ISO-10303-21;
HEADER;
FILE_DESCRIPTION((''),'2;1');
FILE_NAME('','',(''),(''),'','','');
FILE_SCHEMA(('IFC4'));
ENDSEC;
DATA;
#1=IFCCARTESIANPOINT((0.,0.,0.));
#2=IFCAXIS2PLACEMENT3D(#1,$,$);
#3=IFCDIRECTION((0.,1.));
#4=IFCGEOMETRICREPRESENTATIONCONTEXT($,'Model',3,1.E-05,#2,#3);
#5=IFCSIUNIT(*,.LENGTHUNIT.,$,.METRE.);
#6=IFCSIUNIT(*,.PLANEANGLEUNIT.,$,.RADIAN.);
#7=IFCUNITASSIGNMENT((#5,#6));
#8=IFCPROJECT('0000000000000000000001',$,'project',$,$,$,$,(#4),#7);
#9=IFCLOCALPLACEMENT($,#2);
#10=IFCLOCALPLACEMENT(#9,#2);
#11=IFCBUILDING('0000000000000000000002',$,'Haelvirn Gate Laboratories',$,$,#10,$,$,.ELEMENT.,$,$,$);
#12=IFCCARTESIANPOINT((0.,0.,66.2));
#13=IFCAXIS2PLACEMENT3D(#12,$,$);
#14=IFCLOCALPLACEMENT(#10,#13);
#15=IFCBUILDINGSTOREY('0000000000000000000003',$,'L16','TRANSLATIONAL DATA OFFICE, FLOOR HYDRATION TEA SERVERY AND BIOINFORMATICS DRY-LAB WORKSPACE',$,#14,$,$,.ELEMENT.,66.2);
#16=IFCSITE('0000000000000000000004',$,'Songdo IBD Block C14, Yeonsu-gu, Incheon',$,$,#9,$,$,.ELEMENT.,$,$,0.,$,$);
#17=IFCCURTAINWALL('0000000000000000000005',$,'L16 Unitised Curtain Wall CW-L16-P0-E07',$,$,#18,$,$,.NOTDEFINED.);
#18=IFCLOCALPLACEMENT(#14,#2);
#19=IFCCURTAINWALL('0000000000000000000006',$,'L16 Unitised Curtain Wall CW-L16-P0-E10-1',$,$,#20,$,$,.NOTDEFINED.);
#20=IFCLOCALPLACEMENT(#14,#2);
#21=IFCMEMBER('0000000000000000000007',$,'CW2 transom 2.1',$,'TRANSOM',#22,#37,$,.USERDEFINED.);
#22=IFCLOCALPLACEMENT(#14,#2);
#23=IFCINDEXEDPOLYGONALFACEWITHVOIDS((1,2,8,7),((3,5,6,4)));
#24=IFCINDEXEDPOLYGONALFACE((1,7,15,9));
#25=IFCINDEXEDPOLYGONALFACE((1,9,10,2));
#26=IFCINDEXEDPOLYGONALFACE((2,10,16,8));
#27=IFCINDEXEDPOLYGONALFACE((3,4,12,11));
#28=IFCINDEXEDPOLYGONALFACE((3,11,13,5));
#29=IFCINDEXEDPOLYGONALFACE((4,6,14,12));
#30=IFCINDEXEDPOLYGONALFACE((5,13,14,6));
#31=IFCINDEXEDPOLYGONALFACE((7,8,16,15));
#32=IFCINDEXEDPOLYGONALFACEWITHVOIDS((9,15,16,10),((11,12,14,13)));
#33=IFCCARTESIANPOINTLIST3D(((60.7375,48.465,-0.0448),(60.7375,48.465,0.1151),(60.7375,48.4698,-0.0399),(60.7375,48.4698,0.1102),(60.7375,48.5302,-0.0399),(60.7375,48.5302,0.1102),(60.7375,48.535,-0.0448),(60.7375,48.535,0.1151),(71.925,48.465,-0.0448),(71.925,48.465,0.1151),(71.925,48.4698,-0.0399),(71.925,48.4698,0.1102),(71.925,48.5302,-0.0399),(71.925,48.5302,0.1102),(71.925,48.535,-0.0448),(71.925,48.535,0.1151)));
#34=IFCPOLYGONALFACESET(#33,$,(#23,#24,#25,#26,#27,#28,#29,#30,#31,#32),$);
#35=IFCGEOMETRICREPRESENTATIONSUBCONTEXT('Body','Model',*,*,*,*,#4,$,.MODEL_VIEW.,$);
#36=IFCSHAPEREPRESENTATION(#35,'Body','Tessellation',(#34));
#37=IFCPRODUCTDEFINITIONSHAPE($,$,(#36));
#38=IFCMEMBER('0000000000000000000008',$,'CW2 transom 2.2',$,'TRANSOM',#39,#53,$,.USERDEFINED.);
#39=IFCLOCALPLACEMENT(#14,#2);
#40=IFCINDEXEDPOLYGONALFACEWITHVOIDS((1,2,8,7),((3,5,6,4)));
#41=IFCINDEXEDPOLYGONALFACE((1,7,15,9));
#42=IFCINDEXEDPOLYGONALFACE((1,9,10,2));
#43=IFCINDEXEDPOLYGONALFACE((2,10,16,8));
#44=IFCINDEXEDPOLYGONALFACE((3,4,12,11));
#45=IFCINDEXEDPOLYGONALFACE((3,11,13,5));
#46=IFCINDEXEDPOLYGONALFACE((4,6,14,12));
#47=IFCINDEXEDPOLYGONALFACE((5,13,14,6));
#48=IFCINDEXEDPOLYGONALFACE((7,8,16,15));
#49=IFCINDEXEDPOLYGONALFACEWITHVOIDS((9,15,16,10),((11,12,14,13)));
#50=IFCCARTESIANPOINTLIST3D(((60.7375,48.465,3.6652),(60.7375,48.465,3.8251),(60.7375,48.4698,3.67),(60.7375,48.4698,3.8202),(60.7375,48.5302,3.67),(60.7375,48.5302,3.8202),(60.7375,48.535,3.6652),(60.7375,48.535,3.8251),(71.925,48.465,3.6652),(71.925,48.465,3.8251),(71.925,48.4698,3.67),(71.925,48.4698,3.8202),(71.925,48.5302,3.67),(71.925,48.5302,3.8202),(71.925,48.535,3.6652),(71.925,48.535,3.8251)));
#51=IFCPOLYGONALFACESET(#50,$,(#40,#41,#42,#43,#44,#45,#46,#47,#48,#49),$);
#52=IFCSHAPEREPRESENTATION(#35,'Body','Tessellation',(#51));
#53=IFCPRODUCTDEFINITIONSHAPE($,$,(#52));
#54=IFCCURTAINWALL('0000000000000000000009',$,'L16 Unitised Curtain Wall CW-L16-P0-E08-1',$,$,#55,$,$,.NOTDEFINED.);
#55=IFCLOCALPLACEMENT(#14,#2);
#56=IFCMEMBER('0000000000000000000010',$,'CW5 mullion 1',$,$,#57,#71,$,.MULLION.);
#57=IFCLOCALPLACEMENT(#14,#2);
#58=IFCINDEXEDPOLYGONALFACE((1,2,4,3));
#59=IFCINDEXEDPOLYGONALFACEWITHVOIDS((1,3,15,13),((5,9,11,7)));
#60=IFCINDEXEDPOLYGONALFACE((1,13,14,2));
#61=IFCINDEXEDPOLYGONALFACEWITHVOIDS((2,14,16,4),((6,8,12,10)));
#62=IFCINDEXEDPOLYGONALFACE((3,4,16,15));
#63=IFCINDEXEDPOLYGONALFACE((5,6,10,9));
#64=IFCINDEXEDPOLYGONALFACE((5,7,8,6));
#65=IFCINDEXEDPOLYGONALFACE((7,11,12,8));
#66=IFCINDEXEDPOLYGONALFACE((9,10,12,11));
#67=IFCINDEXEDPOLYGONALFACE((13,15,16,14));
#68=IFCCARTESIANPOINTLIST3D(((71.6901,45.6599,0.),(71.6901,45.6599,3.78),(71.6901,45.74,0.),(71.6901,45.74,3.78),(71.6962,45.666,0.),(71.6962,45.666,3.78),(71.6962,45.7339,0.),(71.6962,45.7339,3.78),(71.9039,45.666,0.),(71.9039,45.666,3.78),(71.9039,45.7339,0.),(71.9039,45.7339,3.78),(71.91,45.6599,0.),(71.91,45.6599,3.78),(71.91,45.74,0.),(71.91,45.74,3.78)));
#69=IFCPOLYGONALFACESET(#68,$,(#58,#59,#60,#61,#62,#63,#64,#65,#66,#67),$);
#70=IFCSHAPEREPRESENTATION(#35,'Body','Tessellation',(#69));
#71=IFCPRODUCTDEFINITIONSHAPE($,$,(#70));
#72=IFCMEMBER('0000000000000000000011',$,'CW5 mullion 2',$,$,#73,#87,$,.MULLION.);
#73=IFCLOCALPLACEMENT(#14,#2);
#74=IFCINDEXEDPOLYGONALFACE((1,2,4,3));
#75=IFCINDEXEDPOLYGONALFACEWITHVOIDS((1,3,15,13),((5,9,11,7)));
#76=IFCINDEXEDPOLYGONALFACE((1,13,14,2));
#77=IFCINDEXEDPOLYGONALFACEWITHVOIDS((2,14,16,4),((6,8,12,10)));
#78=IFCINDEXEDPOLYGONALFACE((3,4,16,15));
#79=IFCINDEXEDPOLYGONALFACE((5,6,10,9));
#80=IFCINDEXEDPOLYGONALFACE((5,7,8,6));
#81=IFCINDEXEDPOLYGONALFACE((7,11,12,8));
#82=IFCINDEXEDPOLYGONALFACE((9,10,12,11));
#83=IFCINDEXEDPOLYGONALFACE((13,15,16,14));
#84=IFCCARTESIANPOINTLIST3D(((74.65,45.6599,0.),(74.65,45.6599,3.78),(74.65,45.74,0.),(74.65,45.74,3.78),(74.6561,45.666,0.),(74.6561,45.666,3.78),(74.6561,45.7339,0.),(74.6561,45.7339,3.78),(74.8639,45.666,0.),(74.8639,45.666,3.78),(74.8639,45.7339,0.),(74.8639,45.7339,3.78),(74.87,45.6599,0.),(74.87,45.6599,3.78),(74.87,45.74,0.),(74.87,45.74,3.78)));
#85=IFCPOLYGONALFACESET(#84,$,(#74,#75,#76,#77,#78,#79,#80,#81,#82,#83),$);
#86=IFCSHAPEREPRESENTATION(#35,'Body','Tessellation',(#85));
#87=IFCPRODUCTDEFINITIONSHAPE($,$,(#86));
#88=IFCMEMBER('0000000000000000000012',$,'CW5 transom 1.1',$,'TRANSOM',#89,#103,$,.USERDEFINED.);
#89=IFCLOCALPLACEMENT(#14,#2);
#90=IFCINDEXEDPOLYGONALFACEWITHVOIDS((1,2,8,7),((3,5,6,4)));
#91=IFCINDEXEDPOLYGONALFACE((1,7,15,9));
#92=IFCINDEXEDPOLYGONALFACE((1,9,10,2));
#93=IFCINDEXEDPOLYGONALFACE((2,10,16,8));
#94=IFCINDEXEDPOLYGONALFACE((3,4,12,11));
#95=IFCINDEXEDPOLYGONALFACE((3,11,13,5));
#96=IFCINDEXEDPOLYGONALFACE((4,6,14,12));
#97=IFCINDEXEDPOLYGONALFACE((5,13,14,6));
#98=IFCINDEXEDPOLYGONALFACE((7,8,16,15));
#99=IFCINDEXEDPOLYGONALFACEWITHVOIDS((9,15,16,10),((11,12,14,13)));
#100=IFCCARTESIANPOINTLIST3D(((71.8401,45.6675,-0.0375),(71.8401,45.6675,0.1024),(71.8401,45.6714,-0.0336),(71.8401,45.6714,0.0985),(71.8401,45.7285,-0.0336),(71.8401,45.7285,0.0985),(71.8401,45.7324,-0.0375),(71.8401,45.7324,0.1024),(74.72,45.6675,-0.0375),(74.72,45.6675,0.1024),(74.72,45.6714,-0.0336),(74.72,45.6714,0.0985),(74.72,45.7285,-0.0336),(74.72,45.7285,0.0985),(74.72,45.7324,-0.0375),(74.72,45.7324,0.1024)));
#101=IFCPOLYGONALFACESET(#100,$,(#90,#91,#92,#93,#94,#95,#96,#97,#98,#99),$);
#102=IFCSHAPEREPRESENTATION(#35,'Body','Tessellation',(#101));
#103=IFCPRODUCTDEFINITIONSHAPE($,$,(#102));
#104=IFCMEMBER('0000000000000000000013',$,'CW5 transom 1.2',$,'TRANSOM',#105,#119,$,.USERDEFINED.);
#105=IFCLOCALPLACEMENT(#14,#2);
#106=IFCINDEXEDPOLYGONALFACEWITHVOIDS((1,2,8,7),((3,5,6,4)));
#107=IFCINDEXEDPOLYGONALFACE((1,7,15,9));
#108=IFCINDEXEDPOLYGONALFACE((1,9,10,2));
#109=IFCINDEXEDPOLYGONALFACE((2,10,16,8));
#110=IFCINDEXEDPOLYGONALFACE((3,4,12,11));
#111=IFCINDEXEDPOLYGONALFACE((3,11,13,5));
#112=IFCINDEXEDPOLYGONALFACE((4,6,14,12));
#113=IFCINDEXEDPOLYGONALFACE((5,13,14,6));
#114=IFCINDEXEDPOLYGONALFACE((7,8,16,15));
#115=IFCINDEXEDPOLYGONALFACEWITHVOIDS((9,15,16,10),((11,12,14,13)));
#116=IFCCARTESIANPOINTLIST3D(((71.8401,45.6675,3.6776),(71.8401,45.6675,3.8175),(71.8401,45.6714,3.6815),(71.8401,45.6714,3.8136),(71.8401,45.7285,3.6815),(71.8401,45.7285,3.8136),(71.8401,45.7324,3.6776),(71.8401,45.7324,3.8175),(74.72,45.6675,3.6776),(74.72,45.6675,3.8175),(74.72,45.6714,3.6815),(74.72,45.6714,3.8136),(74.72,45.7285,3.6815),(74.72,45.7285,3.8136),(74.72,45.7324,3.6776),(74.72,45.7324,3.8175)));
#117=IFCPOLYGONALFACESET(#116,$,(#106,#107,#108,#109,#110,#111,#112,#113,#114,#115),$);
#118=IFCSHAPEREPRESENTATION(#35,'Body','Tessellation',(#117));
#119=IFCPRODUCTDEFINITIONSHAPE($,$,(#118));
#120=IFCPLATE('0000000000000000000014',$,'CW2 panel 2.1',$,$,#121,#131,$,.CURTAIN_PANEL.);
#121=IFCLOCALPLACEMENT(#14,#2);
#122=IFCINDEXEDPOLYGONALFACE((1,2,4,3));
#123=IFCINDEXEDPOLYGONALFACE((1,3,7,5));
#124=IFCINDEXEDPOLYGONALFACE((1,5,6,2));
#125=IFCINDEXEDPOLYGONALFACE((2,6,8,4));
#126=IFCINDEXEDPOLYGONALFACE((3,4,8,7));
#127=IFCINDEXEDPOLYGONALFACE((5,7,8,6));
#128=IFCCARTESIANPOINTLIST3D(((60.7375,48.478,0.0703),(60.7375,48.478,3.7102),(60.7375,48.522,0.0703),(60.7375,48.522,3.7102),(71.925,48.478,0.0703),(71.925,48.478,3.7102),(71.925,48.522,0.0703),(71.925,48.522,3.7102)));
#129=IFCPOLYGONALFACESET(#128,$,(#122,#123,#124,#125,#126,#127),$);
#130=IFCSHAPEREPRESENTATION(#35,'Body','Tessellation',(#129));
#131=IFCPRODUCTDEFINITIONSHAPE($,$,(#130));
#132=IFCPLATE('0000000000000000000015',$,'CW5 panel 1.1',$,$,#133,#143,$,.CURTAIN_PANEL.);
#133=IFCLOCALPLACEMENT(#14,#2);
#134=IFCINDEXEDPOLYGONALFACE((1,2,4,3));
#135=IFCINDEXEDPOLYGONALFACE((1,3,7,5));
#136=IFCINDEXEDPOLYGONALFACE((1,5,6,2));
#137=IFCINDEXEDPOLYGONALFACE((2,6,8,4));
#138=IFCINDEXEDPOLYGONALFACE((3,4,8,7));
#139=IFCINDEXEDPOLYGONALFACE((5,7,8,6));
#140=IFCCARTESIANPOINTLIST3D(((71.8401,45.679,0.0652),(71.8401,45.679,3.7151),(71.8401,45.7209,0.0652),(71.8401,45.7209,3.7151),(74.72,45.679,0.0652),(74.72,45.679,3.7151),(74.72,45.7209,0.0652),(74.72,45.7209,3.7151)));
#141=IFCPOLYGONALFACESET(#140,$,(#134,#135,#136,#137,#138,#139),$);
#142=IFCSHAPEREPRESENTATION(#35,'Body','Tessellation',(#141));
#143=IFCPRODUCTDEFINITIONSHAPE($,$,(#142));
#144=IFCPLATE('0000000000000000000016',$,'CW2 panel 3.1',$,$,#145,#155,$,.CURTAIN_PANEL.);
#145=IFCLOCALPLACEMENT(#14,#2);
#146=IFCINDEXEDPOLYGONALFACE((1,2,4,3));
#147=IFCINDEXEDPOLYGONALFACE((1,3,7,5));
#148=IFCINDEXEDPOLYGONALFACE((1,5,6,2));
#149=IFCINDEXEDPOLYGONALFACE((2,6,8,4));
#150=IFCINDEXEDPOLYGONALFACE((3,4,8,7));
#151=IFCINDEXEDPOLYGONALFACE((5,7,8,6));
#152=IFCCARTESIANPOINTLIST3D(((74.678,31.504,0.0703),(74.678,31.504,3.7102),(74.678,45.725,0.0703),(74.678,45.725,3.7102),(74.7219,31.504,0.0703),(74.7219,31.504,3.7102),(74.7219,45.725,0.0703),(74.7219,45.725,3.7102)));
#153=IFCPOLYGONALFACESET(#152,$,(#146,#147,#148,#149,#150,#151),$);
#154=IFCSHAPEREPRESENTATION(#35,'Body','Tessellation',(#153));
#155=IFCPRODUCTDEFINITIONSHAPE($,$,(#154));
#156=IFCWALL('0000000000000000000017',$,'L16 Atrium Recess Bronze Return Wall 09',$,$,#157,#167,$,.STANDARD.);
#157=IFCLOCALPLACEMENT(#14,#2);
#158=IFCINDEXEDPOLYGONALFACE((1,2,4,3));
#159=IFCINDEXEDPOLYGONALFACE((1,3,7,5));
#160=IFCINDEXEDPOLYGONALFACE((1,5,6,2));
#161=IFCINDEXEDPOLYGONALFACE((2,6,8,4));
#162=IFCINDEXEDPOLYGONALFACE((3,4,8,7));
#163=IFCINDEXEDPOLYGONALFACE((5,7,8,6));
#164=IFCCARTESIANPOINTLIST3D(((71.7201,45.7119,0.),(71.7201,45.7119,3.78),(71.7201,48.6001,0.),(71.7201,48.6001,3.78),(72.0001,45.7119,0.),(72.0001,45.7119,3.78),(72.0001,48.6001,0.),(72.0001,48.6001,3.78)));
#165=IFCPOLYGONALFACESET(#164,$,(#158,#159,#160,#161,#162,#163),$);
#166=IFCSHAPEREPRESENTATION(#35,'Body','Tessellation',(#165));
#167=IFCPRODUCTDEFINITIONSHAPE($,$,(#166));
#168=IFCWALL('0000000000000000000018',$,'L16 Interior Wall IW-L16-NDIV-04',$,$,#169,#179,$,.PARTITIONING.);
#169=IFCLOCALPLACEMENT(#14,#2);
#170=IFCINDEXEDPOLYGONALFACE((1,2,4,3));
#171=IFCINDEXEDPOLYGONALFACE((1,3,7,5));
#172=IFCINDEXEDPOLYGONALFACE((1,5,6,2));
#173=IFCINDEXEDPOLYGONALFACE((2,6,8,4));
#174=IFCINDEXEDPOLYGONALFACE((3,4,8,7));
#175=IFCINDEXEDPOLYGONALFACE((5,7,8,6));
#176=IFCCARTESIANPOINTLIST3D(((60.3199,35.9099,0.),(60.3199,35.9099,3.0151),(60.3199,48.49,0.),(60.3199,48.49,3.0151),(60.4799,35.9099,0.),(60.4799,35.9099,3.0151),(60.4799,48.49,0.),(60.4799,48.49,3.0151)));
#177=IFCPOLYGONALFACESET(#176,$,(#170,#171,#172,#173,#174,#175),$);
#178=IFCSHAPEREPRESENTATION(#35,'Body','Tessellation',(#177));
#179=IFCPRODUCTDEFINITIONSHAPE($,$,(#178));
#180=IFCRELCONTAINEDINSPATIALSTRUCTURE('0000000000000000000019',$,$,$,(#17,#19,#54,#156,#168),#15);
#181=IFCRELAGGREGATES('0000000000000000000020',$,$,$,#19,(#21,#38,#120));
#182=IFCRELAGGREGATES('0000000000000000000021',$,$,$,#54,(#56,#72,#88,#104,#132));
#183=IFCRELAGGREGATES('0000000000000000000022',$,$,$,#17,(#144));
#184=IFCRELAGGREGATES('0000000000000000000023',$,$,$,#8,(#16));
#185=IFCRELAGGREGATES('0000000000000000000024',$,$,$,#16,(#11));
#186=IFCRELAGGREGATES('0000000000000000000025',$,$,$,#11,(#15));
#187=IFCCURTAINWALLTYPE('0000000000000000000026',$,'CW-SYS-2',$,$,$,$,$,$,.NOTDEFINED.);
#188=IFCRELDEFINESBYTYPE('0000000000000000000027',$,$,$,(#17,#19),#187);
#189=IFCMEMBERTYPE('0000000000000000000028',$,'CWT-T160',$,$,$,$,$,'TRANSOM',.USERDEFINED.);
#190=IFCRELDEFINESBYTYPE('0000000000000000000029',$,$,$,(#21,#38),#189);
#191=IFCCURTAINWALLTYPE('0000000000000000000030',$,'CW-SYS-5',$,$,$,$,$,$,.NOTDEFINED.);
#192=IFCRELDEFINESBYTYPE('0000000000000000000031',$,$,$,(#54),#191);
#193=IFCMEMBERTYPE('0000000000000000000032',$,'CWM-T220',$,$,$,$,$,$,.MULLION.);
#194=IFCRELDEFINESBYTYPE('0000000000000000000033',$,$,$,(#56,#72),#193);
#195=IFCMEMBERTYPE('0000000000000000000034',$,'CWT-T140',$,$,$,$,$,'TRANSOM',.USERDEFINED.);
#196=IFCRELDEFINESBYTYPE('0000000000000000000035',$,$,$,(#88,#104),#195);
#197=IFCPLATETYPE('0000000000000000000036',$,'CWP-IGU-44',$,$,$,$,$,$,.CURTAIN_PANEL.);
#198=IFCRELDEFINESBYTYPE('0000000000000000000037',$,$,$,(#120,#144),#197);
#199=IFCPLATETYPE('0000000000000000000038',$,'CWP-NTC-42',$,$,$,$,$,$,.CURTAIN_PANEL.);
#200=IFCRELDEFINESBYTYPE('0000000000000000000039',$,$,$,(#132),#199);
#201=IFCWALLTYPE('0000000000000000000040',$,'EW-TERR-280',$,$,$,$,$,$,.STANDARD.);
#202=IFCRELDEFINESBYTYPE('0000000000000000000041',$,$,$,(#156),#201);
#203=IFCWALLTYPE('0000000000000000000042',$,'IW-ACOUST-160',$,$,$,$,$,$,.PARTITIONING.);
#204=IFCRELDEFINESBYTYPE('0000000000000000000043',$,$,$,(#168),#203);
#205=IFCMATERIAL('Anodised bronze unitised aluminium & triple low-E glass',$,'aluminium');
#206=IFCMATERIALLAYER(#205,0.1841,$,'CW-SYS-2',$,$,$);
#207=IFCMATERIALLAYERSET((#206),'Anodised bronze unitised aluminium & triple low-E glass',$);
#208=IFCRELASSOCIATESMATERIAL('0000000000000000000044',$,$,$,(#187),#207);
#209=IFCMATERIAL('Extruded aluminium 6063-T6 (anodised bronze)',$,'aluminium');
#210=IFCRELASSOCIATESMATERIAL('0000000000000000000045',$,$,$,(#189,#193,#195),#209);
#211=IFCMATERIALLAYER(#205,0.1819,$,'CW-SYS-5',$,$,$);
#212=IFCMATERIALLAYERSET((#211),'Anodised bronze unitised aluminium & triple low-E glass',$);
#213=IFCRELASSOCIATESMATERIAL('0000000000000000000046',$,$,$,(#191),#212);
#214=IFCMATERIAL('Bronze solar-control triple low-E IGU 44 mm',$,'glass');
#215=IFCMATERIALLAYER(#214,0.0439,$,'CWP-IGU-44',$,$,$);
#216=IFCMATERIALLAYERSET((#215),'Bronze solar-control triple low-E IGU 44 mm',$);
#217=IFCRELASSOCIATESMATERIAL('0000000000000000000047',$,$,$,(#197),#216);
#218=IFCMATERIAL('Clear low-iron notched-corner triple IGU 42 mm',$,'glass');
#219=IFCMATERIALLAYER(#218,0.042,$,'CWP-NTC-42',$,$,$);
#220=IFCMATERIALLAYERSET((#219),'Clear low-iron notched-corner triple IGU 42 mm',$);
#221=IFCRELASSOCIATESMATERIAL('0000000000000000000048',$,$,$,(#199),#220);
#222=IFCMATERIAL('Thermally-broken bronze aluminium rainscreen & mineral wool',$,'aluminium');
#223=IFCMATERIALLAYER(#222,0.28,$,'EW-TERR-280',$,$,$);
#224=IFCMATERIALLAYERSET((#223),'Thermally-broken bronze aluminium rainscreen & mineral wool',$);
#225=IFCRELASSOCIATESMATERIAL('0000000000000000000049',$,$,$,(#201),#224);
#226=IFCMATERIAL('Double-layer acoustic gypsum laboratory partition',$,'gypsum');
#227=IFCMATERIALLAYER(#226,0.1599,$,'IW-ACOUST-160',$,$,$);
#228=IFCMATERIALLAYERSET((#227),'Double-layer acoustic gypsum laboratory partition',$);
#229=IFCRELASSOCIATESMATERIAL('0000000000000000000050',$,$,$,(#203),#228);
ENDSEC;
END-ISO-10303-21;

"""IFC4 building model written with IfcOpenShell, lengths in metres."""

from ifc_helpers import new_model, si_unit, direction, frame, frame_2d, origin, origin_2d, place, context, subcontext, project, spatial, rectangle, hollow_rectangle, extrude, source, transform, mapped, material, layer, layer_set, material_profile, profile_set, type_object, type_shapes, element, aggregate, save


model = new_model("IFC4")

# Units and contexts
model_context = context("Model", 3, precision=1e-05, world=origin(), true_north=direction((0.0, 1.0)))
body_context = subcontext(model_context, "Body", "Model", "MODEL_VIEW")
ifc_project = project(units=[si_unit("LENGTHUNIT", "METRE"), si_unit("PLANEANGLEUNIT", "RADIAN")], contexts=[model_context])

# Site, building, storey
site_placement = place(None, origin())
site = spatial("IfcSite", under=ifc_project, at=site_placement, Name="Songdo IBD Block C14, Yeonsu-gu, Incheon", CompositionType="ELEMENT", RefElevation=0.0)
building_placement = place(site_placement, origin())
building = spatial("IfcBuilding", under=site, at=building_placement, Name="Haelvirn Gate Laboratories", CompositionType="ELEMENT")
storey_placement = place(building_placement, frame((0.0, 0.0, 66.2)))
storey = spatial("IfcBuildingStorey", under=building, at=storey_placement, Name="L16", Description="TRANSLATIONAL DATA OFFICE, FLOOR HYDRATION TEA SERVERY AND BIOINFORMATICS DRY-LAB WORKSPACE", CompositionType="ELEMENT", Elevation=66.2)

# Curtain wall
ifc_material_1 = material(Name="Anodised bronze unitised aluminium & triple low-E glass", Category="aluminium")
ifc_layer_1 = layer(ifc_material_1, 0.1841, Name="CW-SYS-2")
ifc_layer_set_1 = layer_set([ifc_layer_1], Name="Anodised bronze unitised aluminium & triple low-E glass")
curtain_wall_type_1 = type_object("IfcCurtainWallType", Name="CW-SYS-2", PredefinedType="NOTDEFINED", material=ifc_layer_set_1)
curtain_wall_1_placement = place(storey_placement, origin())
curtain_wall_1 = element("IfcCurtainWall", 1, at=curtain_wall_1_placement, inside=storey, type_object=curtain_wall_type_1, Name="L16 Unitised Curtain Wall CW-L16-P0-E07", PredefinedType="NOTDEFINED")
ifc_material_2 = material(Name="Extruded aluminium 6063-T6 (anodised bronze)", Category="aluminium")

# Curtain walls, members
curtain_wall_2_placement = place(storey_placement, origin())
curtain_wall_2 = element("IfcCurtainWall", 2, at=curtain_wall_2_placement, inside=storey, type_object=curtain_wall_type_1, Name="L16 Unitised Curtain Wall CW-L16-P0-E10-1", PredefinedType="NOTDEFINED")
ifc_material_profile_1 = material_profile(ifc_material_2, hollow_rectangle(XDim=0.0701, YDim=0.1599, WallThickness=0.0049, at=origin_2d()), Name="CWT-160x70x5")
ifc_profile_set_1 = profile_set([ifc_material_profile_1], Name="Extruded aluminium 6063-T6 (anodised bronze)")
member_type_1 = type_object("IfcMemberType", Name="CWT-T160", ElementType="TRANSOM", PredefinedType="USERDEFINED", material=ifc_profile_set_1)
shared_shape_1 = source(origin(), body_context, "Body", "SweptSolid", [
    extrude(hollow_rectangle(XDim=0.0701, YDim=0.1599, WallThickness=0.0049, at=origin_2d()), origin(), (0.0, 0.0, 1.0), 11.1875),
])
type_shapes(member_type_1, [shared_shape_1])
member_1_placement = place(storey_placement, frame((60.7375, 48.5, 0.0352), z_axis=(1.0, 0.0, 0.0), x_axis=(0.0, 1.0, 0.0)))
member_1 = element("IfcMember", 3, at=member_1_placement, type_object=member_type_1, Name="CW2 transom 2.1", ObjectType="TRANSOM", PredefinedType="USERDEFINED", context=body_context, shape_type="MappedRepresentation", body=[
    mapped(shared_shape_1, transform((0.0, 0.0, 0.0), scale=1.0)),
])
member_2_placement = place(storey_placement, frame((60.7375, 48.5, 3.7451), z_axis=(1.0, 0.0, 0.0), x_axis=(0.0, 1.0, 0.0)))
member_2 = element("IfcMember", 4, at=member_2_placement, type_object=member_type_1, Name="CW2 transom 2.2", ObjectType="TRANSOM", PredefinedType="USERDEFINED", context=body_context, shape_type="MappedRepresentation", body=[
    mapped(shared_shape_1, transform((0.0, 0.0, 0.0), scale=1.0)),
])
ifc_layer_2 = layer(ifc_material_1, 0.1819, Name="CW-SYS-5")
ifc_layer_set_2 = layer_set([ifc_layer_2], Name="Anodised bronze unitised aluminium & triple low-E glass")
curtain_wall_type_2 = type_object("IfcCurtainWallType", Name="CW-SYS-5", PredefinedType="NOTDEFINED", material=ifc_layer_set_2)
curtain_wall_3_placement = place(storey_placement, origin())
curtain_wall_3 = element("IfcCurtainWall", 5, at=curtain_wall_3_placement, inside=storey, type_object=curtain_wall_type_2, Name="L16 Unitised Curtain Wall CW-L16-P0-E08-1", PredefinedType="NOTDEFINED")
ifc_material_profile_2 = material_profile(ifc_material_2, hollow_rectangle(XDim=0.0801, YDim=0.22, WallThickness=0.0061, at=origin_2d()), Name="CWM-220x80x6")
ifc_profile_set_2 = profile_set([ifc_material_profile_2], Name="Extruded aluminium 6063-T6 (anodised bronze)")
member_type_2 = type_object("IfcMemberType", Name="CWM-T220", PredefinedType="MULLION", material=ifc_profile_set_2)
shared_shape_2 = source(origin(), body_context, "Body", "SweptSolid", [
    extrude(hollow_rectangle(XDim=0.0801, YDim=0.22, WallThickness=0.0061, at=origin_2d()), origin(), (0.0, 0.0, 1.0), 3.78),
])
type_shapes(member_type_2, [shared_shape_2])
member_3_placement = place(storey_placement, frame((71.8, 45.7, 0.0), z_axis=(0.0, 0.0, 1.0), x_axis=(0.0, 1.0, 0.0)))
member_3 = element("IfcMember", 6, at=member_3_placement, type_object=member_type_2, Name="CW5 mullion 1", PredefinedType="MULLION", context=body_context, shape_type="MappedRepresentation", body=[
    mapped(shared_shape_2, transform((0.0, 0.0, 0.0), scale=1.0)),
])
member_4_placement = place(storey_placement, frame((74.76, 45.7, 0.0), z_axis=(0.0, 0.0, 1.0), x_axis=(0.0, 1.0, 0.0)))
member_4 = element("IfcMember", 7, at=member_4_placement, type_object=member_type_2, Name="CW5 mullion 2", PredefinedType="MULLION", context=body_context, shape_type="MappedRepresentation", body=[
    mapped(shared_shape_2, transform((0.0, 0.0, 0.0), scale=1.0)),
])
ifc_material_profile_3 = material_profile(ifc_material_2, hollow_rectangle(XDim=0.0649, YDim=0.1399, WallThickness=0.0039, at=origin_2d()), Name="CWT-140x65x4")
ifc_profile_set_3 = profile_set([ifc_material_profile_3], Name="Extruded aluminium 6063-T6 (anodised bronze)")
member_type_3 = type_object("IfcMemberType", Name="CWT-T140", ElementType="TRANSOM", PredefinedType="USERDEFINED", material=ifc_profile_set_3)
shared_shape_3 = source(origin(), body_context, "Body", "SweptSolid", [
    extrude(hollow_rectangle(XDim=0.0649, YDim=0.1399, WallThickness=0.0039, at=origin_2d()), origin(), (0.0, 0.0, 1.0), 2.8799),
])
type_shapes(member_type_3, [shared_shape_3])
member_5_placement = place(storey_placement, frame((71.8401, 45.7, 0.0325), z_axis=(1.0, 0.0, 0.0), x_axis=(0.0, 1.0, 0.0)))
member_5 = element("IfcMember", 8, at=member_5_placement, type_object=member_type_3, Name="CW5 transom 1.1", ObjectType="TRANSOM", PredefinedType="USERDEFINED", context=body_context, shape_type="MappedRepresentation", body=[
    mapped(shared_shape_3, transform((0.0, 0.0, 0.0), scale=1.0)),
])
member_6_placement = place(storey_placement, frame((71.8401, 45.7, 3.7476), z_axis=(1.0, 0.0, 0.0), x_axis=(0.0, 1.0, 0.0)))
member_6 = element("IfcMember", 9, at=member_6_placement, type_object=member_type_3, Name="CW5 transom 1.2", ObjectType="TRANSOM", PredefinedType="USERDEFINED", context=body_context, shape_type="MappedRepresentation", body=[
    mapped(shared_shape_3, transform((0.0, 0.0, 0.0), scale=1.0)),
])

# Plates
ifc_material_3 = material(Name="Bronze solar-control triple low-E IGU 44 mm", Category="glass")
ifc_layer_3 = layer(ifc_material_3, 0.0439, Name="CWP-IGU-44")
ifc_layer_set_3 = layer_set([ifc_layer_3], Name="Bronze solar-control triple low-E IGU 44 mm")
plate_type_1 = type_object("IfcPlateType", Name="CWP-IGU-44", PredefinedType="CURTAIN_PANEL", material=ifc_layer_set_3)
shared_shape_4 = source(origin(), body_context, "Body", "SweptSolid", [
    extrude(rectangle(XDim=11.1875, YDim=0.0439, at=origin_2d()), origin(), (0.0, 0.0, 1.0), 3.6399),
])
plate_1_placement = place(storey_placement, frame((66.3313, 48.5, 0.0703), z_axis=(0.0, 0.0, 1.0), x_axis=(1.0, 0.0, 0.0)))
plate_1 = element("IfcPlate", 10, at=plate_1_placement, type_object=plate_type_1, Name="CW2 panel 2.1", PredefinedType="CURTAIN_PANEL", context=body_context, shape_type="MappedRepresentation", body=[
    mapped(shared_shape_4, transform((0.0, 0.0, 0.0), scale=1.0)),
])
aggregate(curtain_wall_2, [member_1, member_2, plate_1])
ifc_material_4 = material(Name="Clear low-iron notched-corner triple IGU 42 mm", Category="glass")
ifc_layer_4 = layer(ifc_material_4, 0.042, Name="CWP-NTC-42")
ifc_layer_set_4 = layer_set([ifc_layer_4], Name="Clear low-iron notched-corner triple IGU 42 mm")
plate_type_2 = type_object("IfcPlateType", Name="CWP-NTC-42", PredefinedType="CURTAIN_PANEL", material=ifc_layer_set_4)
shared_shape_5 = source(origin(), body_context, "Body", "SweptSolid", [
    extrude(rectangle(XDim=2.8799, YDim=0.042, at=origin_2d()), origin(), (0.0, 0.0, 1.0), 3.6499),
])
type_shapes(plate_type_2, [shared_shape_5])
plate_2_placement = place(storey_placement, frame((73.28, 45.7, 0.0652), z_axis=(0.0, 0.0, 1.0), x_axis=(1.0, 0.0, 0.0)))
plate_2 = element("IfcPlate", 11, at=plate_2_placement, type_object=plate_type_2, Name="CW5 panel 1.1", PredefinedType="CURTAIN_PANEL", context=body_context, shape_type="MappedRepresentation", body=[
    mapped(shared_shape_5, transform((0.0, 0.0, 0.0), scale=1.0)),
])
aggregate(curtain_wall_3, [member_3, member_4, member_5, member_6, plate_2])
shared_shape_6 = source(origin(), body_context, "Body", "SweptSolid", [
    extrude(rectangle(XDim=14.2209, YDim=0.0439, at=origin_2d()), origin(), (0.0, 0.0, 1.0), 3.6399),
])
type_shapes(plate_type_1, [shared_shape_4, shared_shape_6])
plate_3_placement = place(storey_placement, frame((74.7, 38.6145, 0.0703), z_axis=(0.0, 0.0, 1.0), x_axis=(0.0, 1.0, 0.0)))
plate_3 = element("IfcPlate", 12, at=plate_3_placement, type_object=plate_type_1, Name="CW2 panel 3.1", PredefinedType="CURTAIN_PANEL", context=body_context, shape_type="MappedRepresentation", body=[
    mapped(shared_shape_6, transform((0.0, 0.0, 0.0), scale=1.0)),
])
aggregate(curtain_wall_1, [plate_3])

# Walls
ifc_material_5 = material(Name="Thermally-broken bronze aluminium rainscreen & mineral wool", Category="aluminium")
ifc_layer_5 = layer(ifc_material_5, 0.28, Name="EW-TERR-280")
ifc_layer_set_5 = layer_set([ifc_layer_5], Name="Thermally-broken bronze aluminium rainscreen & mineral wool")
wall_type_1 = type_object("IfcWallType", Name="EW-TERR-280", PredefinedType="STANDARD", material=ifc_layer_set_5)
wall_1_placement = place(storey_placement, frame((71.8601, 45.7119, 0.0), z_axis=(0.0, 0.0, 1.0), x_axis=(0.0, 1.0, 0.0)))
element("IfcWall", 13, at=wall_1_placement, inside=storey, type_object=wall_type_1, Name="L16 Atrium Recess Bronze Return Wall 09", PredefinedType="STANDARD", context=body_context, shape_type="SweptSolid", body=[
    extrude(rectangle(XDim=2.8882, YDim=0.28, at=frame_2d((1.4441, 0.0))), origin(), (0.0, 0.0, 1.0), 3.78),
])
ifc_material_6 = material(Name="Double-layer acoustic gypsum laboratory partition", Category="gypsum")
ifc_layer_6 = layer(ifc_material_6, 0.1599, Name="IW-ACOUST-160")
ifc_layer_set_6 = layer_set([ifc_layer_6], Name="Double-layer acoustic gypsum laboratory partition")
wall_type_2 = type_object("IfcWallType", Name="IW-ACOUST-160", PredefinedType="PARTITIONING", material=ifc_layer_set_6)
wall_2_placement = place(storey_placement, frame((60.3999, 35.9099, 0.0), z_axis=(0.0, 0.0, 1.0), x_axis=(0.0, 1.0, 0.0)))
element("IfcWall", 14, at=wall_2_placement, inside=storey, type_object=wall_type_2, Name="L16 Interior Wall IW-L16-NDIV-04", PredefinedType="PARTITIONING", context=body_context, shape_type="SweptSolid", body=[
    extrude(rectangle(XDim=12.5801, YDim=0.1599, at=frame_2d((6.29, 0.0))), origin(), (0.0, 0.0, 1.0), 3.0151),
])

save(model, "model.ifc")
